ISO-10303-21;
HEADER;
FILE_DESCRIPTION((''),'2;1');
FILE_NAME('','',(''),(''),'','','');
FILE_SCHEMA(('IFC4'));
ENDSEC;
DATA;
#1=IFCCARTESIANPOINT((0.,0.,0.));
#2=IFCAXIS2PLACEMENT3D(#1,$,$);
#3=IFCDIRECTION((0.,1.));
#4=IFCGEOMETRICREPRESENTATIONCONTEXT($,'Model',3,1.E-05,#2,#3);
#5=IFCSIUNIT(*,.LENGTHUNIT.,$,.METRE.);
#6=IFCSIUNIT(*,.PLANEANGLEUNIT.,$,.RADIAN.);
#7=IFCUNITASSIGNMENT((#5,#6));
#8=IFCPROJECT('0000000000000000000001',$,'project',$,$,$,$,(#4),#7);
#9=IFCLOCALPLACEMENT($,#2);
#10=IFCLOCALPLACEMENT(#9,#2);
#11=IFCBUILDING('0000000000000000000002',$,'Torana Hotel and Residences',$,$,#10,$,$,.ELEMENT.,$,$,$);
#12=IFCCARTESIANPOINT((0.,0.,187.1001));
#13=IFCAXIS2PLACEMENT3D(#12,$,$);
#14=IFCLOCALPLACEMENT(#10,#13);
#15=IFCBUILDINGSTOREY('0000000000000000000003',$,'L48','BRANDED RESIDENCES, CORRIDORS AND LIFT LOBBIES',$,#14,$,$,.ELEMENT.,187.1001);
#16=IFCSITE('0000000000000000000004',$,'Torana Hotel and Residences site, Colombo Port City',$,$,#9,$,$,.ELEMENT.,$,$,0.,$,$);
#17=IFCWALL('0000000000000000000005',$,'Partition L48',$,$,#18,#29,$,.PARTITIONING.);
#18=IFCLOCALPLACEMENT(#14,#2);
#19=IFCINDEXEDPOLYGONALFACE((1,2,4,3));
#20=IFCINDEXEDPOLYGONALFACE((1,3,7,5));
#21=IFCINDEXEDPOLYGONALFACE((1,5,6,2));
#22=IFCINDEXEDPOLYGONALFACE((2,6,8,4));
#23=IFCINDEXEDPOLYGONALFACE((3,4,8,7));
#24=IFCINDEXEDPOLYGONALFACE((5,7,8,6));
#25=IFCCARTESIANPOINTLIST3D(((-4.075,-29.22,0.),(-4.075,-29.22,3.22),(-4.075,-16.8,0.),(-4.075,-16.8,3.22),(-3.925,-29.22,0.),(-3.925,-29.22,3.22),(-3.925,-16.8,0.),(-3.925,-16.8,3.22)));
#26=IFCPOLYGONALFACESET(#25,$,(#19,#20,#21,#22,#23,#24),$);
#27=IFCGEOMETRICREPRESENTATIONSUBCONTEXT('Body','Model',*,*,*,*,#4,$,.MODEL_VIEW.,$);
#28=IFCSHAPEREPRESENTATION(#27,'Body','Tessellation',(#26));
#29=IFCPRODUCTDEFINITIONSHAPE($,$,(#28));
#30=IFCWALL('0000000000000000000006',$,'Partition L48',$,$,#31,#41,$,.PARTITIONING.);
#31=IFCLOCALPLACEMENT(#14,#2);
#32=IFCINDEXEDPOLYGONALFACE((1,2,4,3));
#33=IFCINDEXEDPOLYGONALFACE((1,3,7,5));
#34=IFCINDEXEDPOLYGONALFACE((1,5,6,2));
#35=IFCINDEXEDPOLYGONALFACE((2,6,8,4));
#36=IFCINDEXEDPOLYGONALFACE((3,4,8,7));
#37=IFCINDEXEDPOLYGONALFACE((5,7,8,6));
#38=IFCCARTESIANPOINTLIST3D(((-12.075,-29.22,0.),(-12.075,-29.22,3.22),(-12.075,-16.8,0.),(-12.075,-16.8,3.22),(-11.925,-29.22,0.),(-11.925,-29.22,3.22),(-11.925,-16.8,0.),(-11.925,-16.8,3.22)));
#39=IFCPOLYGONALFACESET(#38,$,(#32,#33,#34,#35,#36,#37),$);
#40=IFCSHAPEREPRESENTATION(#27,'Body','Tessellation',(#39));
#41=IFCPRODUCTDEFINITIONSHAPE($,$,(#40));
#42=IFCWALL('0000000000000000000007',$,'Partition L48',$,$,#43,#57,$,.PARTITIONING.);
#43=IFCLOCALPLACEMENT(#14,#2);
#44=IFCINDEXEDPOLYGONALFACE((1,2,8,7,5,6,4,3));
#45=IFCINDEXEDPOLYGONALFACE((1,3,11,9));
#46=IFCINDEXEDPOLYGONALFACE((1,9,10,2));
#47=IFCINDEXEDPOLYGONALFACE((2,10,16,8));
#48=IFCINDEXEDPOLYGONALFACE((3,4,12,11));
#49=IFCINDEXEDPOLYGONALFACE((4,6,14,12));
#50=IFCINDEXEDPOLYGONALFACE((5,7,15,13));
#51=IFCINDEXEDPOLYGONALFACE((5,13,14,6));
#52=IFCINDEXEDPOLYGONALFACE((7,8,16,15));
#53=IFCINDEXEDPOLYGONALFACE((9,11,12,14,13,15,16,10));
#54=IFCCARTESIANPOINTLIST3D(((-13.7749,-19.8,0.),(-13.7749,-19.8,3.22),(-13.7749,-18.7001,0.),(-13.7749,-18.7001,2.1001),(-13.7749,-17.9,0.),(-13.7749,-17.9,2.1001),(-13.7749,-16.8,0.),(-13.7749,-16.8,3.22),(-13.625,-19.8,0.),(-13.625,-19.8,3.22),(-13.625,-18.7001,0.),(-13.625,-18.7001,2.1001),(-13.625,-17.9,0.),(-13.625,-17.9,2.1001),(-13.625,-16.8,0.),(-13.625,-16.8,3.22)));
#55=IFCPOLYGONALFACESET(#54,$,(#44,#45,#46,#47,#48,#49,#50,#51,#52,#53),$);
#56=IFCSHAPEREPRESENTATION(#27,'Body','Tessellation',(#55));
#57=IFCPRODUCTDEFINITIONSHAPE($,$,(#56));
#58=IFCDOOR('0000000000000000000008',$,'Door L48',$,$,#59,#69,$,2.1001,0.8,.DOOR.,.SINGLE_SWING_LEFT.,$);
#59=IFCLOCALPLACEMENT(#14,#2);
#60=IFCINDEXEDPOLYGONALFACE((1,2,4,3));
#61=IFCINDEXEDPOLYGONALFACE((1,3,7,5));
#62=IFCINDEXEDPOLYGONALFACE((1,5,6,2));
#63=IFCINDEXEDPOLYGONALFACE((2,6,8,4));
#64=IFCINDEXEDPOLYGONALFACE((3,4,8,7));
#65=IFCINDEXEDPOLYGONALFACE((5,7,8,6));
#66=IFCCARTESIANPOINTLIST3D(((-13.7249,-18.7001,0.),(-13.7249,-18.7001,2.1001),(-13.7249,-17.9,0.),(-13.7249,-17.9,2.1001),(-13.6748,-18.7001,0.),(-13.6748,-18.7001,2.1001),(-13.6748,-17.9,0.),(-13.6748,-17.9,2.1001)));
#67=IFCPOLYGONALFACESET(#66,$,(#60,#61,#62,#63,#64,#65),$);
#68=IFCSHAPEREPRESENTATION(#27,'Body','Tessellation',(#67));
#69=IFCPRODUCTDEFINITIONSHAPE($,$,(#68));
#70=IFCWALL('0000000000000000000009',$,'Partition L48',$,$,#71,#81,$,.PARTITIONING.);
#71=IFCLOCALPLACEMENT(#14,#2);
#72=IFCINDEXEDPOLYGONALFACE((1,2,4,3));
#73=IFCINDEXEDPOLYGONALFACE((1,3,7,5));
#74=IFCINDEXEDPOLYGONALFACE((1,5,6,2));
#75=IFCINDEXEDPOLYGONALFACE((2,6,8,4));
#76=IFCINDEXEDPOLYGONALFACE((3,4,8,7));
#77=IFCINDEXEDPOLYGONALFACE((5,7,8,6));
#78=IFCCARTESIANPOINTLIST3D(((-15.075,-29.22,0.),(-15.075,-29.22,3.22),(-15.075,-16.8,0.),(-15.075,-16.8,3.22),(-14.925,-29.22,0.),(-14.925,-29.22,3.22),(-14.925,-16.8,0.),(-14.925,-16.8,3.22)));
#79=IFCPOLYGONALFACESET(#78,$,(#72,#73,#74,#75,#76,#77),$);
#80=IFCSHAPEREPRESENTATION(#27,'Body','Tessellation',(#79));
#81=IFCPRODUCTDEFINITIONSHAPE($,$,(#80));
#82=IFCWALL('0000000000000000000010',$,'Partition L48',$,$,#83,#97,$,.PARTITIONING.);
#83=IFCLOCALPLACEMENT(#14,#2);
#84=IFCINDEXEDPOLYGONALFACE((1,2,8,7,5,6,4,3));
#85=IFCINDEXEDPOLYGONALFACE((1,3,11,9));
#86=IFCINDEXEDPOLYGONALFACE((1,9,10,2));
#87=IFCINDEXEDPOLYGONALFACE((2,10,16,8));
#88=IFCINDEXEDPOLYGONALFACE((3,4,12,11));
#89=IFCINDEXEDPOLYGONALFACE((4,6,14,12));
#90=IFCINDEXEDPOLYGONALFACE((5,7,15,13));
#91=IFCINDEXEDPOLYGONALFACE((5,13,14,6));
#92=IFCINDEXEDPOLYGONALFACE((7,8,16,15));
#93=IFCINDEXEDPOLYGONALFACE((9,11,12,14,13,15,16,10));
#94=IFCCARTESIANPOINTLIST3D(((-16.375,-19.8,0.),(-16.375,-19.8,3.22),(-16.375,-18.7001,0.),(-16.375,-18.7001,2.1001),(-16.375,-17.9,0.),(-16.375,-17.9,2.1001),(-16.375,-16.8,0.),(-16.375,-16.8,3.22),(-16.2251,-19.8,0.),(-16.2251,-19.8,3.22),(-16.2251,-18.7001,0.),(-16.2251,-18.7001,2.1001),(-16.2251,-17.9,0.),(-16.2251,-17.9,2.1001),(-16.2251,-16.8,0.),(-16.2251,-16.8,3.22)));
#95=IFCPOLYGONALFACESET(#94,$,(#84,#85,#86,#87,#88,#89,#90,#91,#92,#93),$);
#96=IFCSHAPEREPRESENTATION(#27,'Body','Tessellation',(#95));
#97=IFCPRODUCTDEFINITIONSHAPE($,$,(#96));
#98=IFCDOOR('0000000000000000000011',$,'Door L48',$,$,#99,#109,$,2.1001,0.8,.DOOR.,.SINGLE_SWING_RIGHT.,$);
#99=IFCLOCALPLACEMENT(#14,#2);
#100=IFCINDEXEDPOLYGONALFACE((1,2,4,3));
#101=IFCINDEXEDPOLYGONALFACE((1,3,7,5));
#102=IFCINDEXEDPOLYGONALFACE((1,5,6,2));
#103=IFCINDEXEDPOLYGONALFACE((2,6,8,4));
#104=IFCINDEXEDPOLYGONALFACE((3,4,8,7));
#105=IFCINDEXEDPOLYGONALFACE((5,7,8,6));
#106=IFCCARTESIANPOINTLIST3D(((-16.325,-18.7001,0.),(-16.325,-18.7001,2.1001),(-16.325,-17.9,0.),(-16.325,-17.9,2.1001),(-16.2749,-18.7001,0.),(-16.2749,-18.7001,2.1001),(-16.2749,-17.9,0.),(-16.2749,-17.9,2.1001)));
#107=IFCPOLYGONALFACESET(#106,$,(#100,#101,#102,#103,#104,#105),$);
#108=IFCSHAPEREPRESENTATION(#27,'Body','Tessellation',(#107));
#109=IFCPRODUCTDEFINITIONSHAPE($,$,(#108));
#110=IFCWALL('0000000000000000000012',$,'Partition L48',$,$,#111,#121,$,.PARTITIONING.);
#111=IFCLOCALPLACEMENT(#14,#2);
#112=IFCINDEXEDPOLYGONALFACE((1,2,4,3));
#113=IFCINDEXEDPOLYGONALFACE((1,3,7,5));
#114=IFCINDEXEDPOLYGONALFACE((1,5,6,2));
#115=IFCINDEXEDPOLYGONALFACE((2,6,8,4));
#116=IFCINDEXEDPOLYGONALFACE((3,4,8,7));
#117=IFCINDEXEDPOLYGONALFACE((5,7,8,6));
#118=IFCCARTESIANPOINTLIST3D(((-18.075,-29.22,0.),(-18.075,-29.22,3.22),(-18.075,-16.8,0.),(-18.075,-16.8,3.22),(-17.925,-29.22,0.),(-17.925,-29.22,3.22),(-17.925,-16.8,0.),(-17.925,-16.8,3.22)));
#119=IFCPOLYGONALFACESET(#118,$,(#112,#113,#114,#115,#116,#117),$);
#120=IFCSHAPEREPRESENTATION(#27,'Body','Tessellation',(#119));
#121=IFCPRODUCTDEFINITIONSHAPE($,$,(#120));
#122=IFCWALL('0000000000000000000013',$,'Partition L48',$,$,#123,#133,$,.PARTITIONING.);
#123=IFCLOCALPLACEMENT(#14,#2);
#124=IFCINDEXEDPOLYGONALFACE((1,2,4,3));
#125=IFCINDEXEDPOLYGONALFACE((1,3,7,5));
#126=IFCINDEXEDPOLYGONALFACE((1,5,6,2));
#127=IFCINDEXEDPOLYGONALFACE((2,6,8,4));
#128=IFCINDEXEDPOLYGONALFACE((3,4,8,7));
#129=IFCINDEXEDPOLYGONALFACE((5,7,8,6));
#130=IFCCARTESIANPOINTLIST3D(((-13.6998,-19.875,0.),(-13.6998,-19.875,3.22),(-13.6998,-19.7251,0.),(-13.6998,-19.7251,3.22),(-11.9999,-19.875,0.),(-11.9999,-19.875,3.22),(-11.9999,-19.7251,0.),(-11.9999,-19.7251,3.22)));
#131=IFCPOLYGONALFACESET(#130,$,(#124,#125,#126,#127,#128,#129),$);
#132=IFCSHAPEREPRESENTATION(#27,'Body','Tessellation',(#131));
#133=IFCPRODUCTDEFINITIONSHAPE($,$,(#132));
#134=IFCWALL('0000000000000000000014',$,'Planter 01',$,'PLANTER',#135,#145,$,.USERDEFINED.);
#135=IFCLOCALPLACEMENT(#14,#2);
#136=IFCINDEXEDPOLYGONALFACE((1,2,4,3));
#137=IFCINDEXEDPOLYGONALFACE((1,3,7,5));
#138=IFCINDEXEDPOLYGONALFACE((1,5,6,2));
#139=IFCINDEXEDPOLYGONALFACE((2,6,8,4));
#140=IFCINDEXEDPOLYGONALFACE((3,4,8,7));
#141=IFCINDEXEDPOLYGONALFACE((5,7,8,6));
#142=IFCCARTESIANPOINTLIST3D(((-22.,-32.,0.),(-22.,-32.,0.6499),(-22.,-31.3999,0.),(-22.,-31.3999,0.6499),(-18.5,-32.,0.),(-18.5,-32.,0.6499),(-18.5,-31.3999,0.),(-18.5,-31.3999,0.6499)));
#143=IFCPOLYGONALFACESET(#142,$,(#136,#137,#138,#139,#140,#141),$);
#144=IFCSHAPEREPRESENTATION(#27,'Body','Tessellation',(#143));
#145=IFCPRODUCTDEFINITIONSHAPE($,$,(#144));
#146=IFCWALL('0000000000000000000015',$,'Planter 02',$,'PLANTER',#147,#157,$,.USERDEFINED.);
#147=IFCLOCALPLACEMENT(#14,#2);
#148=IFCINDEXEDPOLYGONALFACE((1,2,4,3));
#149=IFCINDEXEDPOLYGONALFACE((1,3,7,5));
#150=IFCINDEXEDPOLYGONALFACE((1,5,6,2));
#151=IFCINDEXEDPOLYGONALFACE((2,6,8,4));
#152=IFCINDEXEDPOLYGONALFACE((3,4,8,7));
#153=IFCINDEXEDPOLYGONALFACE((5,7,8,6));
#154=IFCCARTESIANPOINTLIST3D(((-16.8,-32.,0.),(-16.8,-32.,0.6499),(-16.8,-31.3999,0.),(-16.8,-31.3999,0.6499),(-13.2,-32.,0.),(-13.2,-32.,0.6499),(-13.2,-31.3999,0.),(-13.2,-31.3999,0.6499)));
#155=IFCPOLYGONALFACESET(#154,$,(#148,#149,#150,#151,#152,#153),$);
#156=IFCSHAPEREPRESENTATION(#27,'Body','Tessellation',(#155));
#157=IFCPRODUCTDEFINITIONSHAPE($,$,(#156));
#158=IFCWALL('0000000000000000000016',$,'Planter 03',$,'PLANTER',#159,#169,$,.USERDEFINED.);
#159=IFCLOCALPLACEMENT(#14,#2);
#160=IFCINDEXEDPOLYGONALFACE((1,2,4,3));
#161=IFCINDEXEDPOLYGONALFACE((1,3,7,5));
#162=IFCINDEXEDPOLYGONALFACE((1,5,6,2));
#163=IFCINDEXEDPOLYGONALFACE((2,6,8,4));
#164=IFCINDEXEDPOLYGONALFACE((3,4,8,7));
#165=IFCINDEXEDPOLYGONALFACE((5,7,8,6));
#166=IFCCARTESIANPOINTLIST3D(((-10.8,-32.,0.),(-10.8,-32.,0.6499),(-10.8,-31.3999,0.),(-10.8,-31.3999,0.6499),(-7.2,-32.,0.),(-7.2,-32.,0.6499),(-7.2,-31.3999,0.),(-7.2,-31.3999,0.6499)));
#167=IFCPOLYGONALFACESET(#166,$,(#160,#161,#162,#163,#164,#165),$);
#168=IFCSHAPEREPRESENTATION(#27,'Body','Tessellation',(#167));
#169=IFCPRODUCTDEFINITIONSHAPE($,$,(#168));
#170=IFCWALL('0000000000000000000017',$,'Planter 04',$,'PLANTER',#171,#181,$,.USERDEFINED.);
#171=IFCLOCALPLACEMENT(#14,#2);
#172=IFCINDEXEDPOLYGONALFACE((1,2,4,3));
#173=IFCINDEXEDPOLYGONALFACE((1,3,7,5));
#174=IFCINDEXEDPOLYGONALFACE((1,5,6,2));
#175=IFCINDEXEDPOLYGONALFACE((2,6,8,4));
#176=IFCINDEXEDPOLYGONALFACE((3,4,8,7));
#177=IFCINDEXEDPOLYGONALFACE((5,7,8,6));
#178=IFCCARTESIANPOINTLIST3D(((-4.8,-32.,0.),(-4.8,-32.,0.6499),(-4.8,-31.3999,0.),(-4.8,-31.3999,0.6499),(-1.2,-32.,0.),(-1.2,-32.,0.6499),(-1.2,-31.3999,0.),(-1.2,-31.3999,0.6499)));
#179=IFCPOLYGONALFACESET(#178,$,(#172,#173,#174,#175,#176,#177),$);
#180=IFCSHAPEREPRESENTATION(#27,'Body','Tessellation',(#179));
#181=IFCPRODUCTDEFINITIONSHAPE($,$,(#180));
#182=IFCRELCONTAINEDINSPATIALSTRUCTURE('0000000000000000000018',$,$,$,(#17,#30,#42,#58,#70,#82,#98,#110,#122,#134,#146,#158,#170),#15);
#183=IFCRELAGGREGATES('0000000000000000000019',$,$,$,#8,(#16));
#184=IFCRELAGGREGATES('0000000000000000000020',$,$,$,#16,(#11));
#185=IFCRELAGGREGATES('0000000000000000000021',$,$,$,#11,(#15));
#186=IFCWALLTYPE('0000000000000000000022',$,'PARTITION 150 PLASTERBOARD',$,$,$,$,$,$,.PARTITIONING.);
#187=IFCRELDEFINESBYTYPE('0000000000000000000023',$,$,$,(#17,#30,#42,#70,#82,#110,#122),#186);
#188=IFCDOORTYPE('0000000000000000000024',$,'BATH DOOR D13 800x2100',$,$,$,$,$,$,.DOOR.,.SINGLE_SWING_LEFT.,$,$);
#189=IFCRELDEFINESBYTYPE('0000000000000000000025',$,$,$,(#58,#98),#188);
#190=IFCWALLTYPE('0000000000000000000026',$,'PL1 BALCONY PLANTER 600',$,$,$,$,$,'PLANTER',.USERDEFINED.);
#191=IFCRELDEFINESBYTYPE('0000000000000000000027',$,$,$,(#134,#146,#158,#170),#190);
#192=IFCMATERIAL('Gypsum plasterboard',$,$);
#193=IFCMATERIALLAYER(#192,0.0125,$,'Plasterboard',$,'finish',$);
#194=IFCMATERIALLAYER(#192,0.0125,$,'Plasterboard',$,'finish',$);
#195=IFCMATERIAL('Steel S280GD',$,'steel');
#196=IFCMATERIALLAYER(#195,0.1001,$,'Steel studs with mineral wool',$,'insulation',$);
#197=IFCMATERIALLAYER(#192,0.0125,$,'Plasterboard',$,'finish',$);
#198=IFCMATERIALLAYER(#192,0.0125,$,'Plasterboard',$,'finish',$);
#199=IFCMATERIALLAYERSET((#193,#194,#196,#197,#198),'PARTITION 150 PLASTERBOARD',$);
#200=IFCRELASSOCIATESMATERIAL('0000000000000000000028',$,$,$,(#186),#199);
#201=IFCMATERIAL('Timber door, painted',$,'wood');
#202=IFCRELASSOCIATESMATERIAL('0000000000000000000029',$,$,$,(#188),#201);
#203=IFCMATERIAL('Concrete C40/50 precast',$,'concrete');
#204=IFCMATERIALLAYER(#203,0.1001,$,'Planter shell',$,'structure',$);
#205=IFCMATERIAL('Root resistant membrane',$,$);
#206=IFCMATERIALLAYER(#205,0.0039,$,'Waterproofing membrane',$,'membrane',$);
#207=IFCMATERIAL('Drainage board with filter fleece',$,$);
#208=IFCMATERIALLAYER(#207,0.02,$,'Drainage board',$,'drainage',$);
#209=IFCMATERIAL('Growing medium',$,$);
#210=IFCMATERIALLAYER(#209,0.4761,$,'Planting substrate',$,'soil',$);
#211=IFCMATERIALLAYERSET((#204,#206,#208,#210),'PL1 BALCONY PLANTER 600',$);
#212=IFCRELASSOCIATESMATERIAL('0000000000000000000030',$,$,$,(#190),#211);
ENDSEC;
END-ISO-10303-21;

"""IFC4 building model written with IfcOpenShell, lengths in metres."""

from ifc_helpers import new_model, si_unit, direction, frame, frame_2d, origin, place, context, subcontext, project, spatial, rectangle, extrude, material, layer, layer_set, type_object, element, fill, save


model = new_model("IFC4")

# Units and contexts
model_context = context("Model", 3, precision=1e-05, world=origin(), true_north=direction((0.0, 1.0)))
body_context = subcontext(model_context, "Body", "Model", "MODEL_VIEW")
ifc_project = project(units=[si_unit("LENGTHUNIT", "METRE"), si_unit("PLANEANGLEUNIT", "RADIAN")], contexts=[model_context])

# Site, building, storey
site_placement = place(None, origin())
site = spatial("IfcSite", under=ifc_project, at=site_placement, Name="Torana Hotel and Residences site, Colombo Port City", CompositionType="ELEMENT", RefElevation=0.0)
building_placement = place(site_placement, origin())
building = spatial("IfcBuilding", under=site, at=building_placement, Name="Torana Hotel and Residences", CompositionType="ELEMENT")
storey_placement = place(building_placement, frame((0.0, 0.0, 187.1001)))
storey = spatial("IfcBuildingStorey", under=building, at=storey_placement, Name="L48", Description="BRANDED RESIDENCES, CORRIDORS AND LIFT LOBBIES", CompositionType="ELEMENT", Elevation=187.1001)

# Walls
ifc_material_1 = material(Name="Gypsum plasterboard")
ifc_layer_1 = layer(ifc_material_1, 0.0125, Name="Plasterboard", Category="finish")
ifc_layer_2 = layer(ifc_material_1, 0.0125, Name="Plasterboard", Category="finish")
ifc_material_2 = material(Name="Steel S280GD", Category="steel")
ifc_layer_3 = layer(ifc_material_2, 0.1001, Name="Steel studs with mineral wool", Category="insulation")
ifc_layer_4 = layer(ifc_material_1, 0.0125, Name="Plasterboard", Category="finish")
ifc_layer_5 = layer(ifc_material_1, 0.0125, Name="Plasterboard", Category="finish")
ifc_layer_set_1 = layer_set([ifc_layer_1, ifc_layer_2, ifc_layer_3, ifc_layer_4, ifc_layer_5], Name="PARTITION 150 PLASTERBOARD")
wall_type_1 = type_object("IfcWallType", Name="PARTITION 150 PLASTERBOARD", PredefinedType="PARTITIONING", material=ifc_layer_set_1)
for number, where, z_axis, x_axis, name in (
    (1, (-4.0, -29.22, 0.0), (0.0, 0.0, 1.0), (0.0, 1.0, 0.0), "Partition L48"),
    (2, (-12.0, -29.22, 0.0), (0.0, 0.0, 1.0), (0.0, 1.0, 0.0), "Partition L48"),
):
    element("IfcWall", number, at=place(storey_placement, frame(where, z_axis=z_axis, x_axis=x_axis)), inside=storey, type_object=wall_type_1, Name=name, PredefinedType="PARTITIONING", context=body_context, shape_type="SweptSolid", body=[
        extrude(rectangle(XDim=12.4199, YDim=0.1499, at=frame_2d((6.21, 0.0))), origin(), (0.0, 0.0, 1.0), 3.22),
    ])

# Wall, opening, door
wall_1_placement = place(storey_placement, frame((-13.7, -19.8, 0.0), z_axis=(0.0, 0.0, 1.0), x_axis=(0.0, 1.0, 0.0)))
wall_1 = element("IfcWall", 3, at=wall_1_placement, inside=storey, type_object=wall_type_1, Name="Partition L48", PredefinedType="PARTITIONING", context=body_context, shape_type="SweptSolid", body=[
    extrude(rectangle(XDim=3.0, YDim=0.1499, at=frame_2d((1.5, 0.0))), origin(), (0.0, 0.0, 1.0), 3.22),
])
opening_1_placement = place(wall_1_placement, frame((1.1001, 0.0, 0.0)))
opening_1 = element("IfcOpeningElement", 4, at=opening_1_placement, cuts=wall_1, PredefinedType="OPENING", context=body_context, shape_type="SweptSolid", body=[
    extrude(rectangle(XDim=0.8, YDim=2.1001, at=frame_2d((0.3999, 1.05))), frame((0.0, 0.085, 0.0), z_axis=(0.0, -1.0, 0.0), x_axis=(1.0, 0.0, 0.0)), (0.0, 0.0, 1.0), 0.1699),
])
ifc_material_3 = material(Name="Timber door, painted", Category="wood")
door_type_1 = type_object("IfcDoorType", Name="BATH DOOR D13 800x2100", OperationType="SINGLE_SWING_LEFT", PredefinedType="DOOR", material=ifc_material_3)
door_1_placement = place(opening_1_placement, origin())
door_1 = element("IfcDoor", 5, at=door_1_placement, inside=storey, type_object=door_type_1, Name="Door L48", OperationType="SINGLE_SWING_LEFT", OverallHeight=2.1001, OverallWidth=0.8, PredefinedType="DOOR", context=body_context, shape_type="SweptSolid", body=[
    extrude(rectangle(XDim=0.8, YDim=2.1001, at=frame_2d((0.3999, 1.05))), frame((0.0, 0.0249, 0.0), z_axis=(0.0, -1.0, 0.0), x_axis=(1.0, 0.0, 0.0)), (0.0, 0.0, 1.0), 0.05),
])
fill(opening_1, door_1)

# Wall
wall_2_placement = place(storey_placement, frame((-15.0, -29.22, 0.0), z_axis=(0.0, 0.0, 1.0), x_axis=(0.0, 1.0, 0.0)))
element("IfcWall", 6, at=wall_2_placement, inside=storey, type_object=wall_type_1, Name="Partition L48", PredefinedType="PARTITIONING", context=body_context, shape_type="SweptSolid", body=[
    extrude(rectangle(XDim=12.4199, YDim=0.1499, at=frame_2d((6.21, 0.0))), origin(), (0.0, 0.0, 1.0), 3.22),
])

# Wall, opening, door
wall_3_placement = place(storey_placement, frame((-16.3, -19.8, 0.0), z_axis=(0.0, 0.0, 1.0), x_axis=(0.0, 1.0, 0.0)))
wall_3 = element("IfcWall", 7, at=wall_3_placement, inside=storey, type_object=wall_type_1, Name="Partition L48", PredefinedType="PARTITIONING", context=body_context, shape_type="SweptSolid", body=[
    extrude(rectangle(XDim=3.0, YDim=0.1499, at=frame_2d((1.5, 0.0))), origin(), (0.0, 0.0, 1.0), 3.22),
])
opening_2_placement = place(wall_3_placement, frame((1.1001, 0.0, 0.0)))
opening_2 = element("IfcOpeningElement", 8, at=opening_2_placement, cuts=wall_3, PredefinedType="OPENING", context=body_context, shape_type="SweptSolid", body=[
    extrude(rectangle(XDim=0.8, YDim=2.1001, at=frame_2d((0.3999, 1.05))), frame((0.0, 0.085, 0.0), z_axis=(0.0, -1.0, 0.0), x_axis=(1.0, 0.0, 0.0)), (0.0, 0.0, 1.0), 0.1699),
])
door_2_placement = place(opening_2_placement, origin())
door_2 = element("IfcDoor", 9, at=door_2_placement, inside=storey, type_object=door_type_1, Name="Door L48", OperationType="SINGLE_SWING_RIGHT", OverallHeight=2.1001, OverallWidth=0.8, PredefinedType="DOOR", context=body_context, shape_type="SweptSolid", body=[
    extrude(rectangle(XDim=0.8, YDim=2.1001, at=frame_2d((0.3999, 1.05))), frame((0.0, 0.0249, 0.0), z_axis=(0.0, -1.0, 0.0), x_axis=(1.0, 0.0, 0.0)), (0.0, 0.0, 1.0), 0.05),
])
fill(opening_2, door_2)

# Walls
wall_4_placement = place(storey_placement, frame((-18.0, -29.22, 0.0), z_axis=(0.0, 0.0, 1.0), x_axis=(0.0, 1.0, 0.0)))
element("IfcWall", 10, at=wall_4_placement, inside=storey, type_object=wall_type_1, Name="Partition L48", PredefinedType="PARTITIONING", context=body_context, shape_type="SweptSolid", body=[
    extrude(rectangle(XDim=12.4199, YDim=0.1499, at=frame_2d((6.21, 0.0))), origin(), (0.0, 0.0, 1.0), 3.22),
])
wall_5_placement = place(storey_placement, frame((-13.7, -19.8, 0.0), z_axis=(0.0, 0.0, 1.0), x_axis=(1.0, 0.0, 0.0)))
element("IfcWall", 11, at=wall_5_placement, inside=storey, type_object=wall_type_1, Name="Partition L48", PredefinedType="PARTITIONING", context=body_context, shape_type="SweptSolid", body=[
    extrude(rectangle(XDim=1.7, YDim=0.1499, at=frame_2d((0.8501, 0.0))), origin(), (0.0, 0.0, 1.0), 3.22),
])
ifc_material_4 = material(Name="Concrete C40/50 precast", Category="concrete")
ifc_layer_6 = layer(ifc_material_4, 0.1001, Name="Planter shell", Category="structure")
ifc_material_5 = material(Name="Root resistant membrane")
ifc_layer_7 = layer(ifc_material_5, 0.0039, Name="Waterproofing membrane", Category="membrane")
ifc_material_6 = material(Name="Drainage board with filter fleece")
ifc_layer_8 = layer(ifc_material_6, 0.02, Name="Drainage board", Category="drainage")
ifc_material_7 = material(Name="Growing medium")
ifc_layer_9 = layer(ifc_material_7, 0.4761, Name="Planting substrate", Category="soil")
ifc_layer_set_2 = layer_set([ifc_layer_6, ifc_layer_7, ifc_layer_8, ifc_layer_9], Name="PL1 BALCONY PLANTER 600")
wall_type_2 = type_object("IfcWallType", Name="PL1 BALCONY PLANTER 600", ElementType="PLANTER", PredefinedType="USERDEFINED", material=ifc_layer_set_2)
wall_6_placement = place(storey_placement, frame((-18.5, -31.7, 0.0), z_axis=(0.0, 0.0, 1.0), x_axis=(-1.0, 0.0, 0.0)))
element("IfcWall", 12, at=wall_6_placement, inside=storey, type_object=wall_type_2, Name="Planter 01", ObjectType="PLANTER", PredefinedType="USERDEFINED", context=body_context, shape_type="SweptSolid", body=[
    extrude(rectangle(XDim=3.5, YDim=0.6001, at=frame_2d((1.75, 0.0))), origin(), (0.0, 0.0, 1.0), 0.6499),
])
for number, where, z_axis, x_axis, name in (
    (13, (-13.2, -31.7, 0.0), (0.0, 0.0, 1.0), (-1.0, 0.0, 0.0), "Planter 02"),
    (14, (-7.2, -31.7, 0.0), (0.0, 0.0, 1.0), (-1.0, 0.0, 0.0), "Planter 03"),
    (15, (-1.2, -31.7, 0.0), (0.0, 0.0, 1.0), (-1.0, 0.0, 0.0), "Planter 04"),
):
    element("IfcWall", number, at=place(storey_placement, frame(where, z_axis=z_axis, x_axis=x_axis)), inside=storey, type_object=wall_type_2, Name=name, ObjectType="PLANTER", PredefinedType="USERDEFINED", context=body_context, shape_type="SweptSolid", body=[
        extrude(rectangle(XDim=3.6001, YDim=0.6001, at=frame_2d((1.8, 0.0))), origin(), (0.0, 0.0, 1.0), 0.6499),
    ])

save(model, "model.ifc")
